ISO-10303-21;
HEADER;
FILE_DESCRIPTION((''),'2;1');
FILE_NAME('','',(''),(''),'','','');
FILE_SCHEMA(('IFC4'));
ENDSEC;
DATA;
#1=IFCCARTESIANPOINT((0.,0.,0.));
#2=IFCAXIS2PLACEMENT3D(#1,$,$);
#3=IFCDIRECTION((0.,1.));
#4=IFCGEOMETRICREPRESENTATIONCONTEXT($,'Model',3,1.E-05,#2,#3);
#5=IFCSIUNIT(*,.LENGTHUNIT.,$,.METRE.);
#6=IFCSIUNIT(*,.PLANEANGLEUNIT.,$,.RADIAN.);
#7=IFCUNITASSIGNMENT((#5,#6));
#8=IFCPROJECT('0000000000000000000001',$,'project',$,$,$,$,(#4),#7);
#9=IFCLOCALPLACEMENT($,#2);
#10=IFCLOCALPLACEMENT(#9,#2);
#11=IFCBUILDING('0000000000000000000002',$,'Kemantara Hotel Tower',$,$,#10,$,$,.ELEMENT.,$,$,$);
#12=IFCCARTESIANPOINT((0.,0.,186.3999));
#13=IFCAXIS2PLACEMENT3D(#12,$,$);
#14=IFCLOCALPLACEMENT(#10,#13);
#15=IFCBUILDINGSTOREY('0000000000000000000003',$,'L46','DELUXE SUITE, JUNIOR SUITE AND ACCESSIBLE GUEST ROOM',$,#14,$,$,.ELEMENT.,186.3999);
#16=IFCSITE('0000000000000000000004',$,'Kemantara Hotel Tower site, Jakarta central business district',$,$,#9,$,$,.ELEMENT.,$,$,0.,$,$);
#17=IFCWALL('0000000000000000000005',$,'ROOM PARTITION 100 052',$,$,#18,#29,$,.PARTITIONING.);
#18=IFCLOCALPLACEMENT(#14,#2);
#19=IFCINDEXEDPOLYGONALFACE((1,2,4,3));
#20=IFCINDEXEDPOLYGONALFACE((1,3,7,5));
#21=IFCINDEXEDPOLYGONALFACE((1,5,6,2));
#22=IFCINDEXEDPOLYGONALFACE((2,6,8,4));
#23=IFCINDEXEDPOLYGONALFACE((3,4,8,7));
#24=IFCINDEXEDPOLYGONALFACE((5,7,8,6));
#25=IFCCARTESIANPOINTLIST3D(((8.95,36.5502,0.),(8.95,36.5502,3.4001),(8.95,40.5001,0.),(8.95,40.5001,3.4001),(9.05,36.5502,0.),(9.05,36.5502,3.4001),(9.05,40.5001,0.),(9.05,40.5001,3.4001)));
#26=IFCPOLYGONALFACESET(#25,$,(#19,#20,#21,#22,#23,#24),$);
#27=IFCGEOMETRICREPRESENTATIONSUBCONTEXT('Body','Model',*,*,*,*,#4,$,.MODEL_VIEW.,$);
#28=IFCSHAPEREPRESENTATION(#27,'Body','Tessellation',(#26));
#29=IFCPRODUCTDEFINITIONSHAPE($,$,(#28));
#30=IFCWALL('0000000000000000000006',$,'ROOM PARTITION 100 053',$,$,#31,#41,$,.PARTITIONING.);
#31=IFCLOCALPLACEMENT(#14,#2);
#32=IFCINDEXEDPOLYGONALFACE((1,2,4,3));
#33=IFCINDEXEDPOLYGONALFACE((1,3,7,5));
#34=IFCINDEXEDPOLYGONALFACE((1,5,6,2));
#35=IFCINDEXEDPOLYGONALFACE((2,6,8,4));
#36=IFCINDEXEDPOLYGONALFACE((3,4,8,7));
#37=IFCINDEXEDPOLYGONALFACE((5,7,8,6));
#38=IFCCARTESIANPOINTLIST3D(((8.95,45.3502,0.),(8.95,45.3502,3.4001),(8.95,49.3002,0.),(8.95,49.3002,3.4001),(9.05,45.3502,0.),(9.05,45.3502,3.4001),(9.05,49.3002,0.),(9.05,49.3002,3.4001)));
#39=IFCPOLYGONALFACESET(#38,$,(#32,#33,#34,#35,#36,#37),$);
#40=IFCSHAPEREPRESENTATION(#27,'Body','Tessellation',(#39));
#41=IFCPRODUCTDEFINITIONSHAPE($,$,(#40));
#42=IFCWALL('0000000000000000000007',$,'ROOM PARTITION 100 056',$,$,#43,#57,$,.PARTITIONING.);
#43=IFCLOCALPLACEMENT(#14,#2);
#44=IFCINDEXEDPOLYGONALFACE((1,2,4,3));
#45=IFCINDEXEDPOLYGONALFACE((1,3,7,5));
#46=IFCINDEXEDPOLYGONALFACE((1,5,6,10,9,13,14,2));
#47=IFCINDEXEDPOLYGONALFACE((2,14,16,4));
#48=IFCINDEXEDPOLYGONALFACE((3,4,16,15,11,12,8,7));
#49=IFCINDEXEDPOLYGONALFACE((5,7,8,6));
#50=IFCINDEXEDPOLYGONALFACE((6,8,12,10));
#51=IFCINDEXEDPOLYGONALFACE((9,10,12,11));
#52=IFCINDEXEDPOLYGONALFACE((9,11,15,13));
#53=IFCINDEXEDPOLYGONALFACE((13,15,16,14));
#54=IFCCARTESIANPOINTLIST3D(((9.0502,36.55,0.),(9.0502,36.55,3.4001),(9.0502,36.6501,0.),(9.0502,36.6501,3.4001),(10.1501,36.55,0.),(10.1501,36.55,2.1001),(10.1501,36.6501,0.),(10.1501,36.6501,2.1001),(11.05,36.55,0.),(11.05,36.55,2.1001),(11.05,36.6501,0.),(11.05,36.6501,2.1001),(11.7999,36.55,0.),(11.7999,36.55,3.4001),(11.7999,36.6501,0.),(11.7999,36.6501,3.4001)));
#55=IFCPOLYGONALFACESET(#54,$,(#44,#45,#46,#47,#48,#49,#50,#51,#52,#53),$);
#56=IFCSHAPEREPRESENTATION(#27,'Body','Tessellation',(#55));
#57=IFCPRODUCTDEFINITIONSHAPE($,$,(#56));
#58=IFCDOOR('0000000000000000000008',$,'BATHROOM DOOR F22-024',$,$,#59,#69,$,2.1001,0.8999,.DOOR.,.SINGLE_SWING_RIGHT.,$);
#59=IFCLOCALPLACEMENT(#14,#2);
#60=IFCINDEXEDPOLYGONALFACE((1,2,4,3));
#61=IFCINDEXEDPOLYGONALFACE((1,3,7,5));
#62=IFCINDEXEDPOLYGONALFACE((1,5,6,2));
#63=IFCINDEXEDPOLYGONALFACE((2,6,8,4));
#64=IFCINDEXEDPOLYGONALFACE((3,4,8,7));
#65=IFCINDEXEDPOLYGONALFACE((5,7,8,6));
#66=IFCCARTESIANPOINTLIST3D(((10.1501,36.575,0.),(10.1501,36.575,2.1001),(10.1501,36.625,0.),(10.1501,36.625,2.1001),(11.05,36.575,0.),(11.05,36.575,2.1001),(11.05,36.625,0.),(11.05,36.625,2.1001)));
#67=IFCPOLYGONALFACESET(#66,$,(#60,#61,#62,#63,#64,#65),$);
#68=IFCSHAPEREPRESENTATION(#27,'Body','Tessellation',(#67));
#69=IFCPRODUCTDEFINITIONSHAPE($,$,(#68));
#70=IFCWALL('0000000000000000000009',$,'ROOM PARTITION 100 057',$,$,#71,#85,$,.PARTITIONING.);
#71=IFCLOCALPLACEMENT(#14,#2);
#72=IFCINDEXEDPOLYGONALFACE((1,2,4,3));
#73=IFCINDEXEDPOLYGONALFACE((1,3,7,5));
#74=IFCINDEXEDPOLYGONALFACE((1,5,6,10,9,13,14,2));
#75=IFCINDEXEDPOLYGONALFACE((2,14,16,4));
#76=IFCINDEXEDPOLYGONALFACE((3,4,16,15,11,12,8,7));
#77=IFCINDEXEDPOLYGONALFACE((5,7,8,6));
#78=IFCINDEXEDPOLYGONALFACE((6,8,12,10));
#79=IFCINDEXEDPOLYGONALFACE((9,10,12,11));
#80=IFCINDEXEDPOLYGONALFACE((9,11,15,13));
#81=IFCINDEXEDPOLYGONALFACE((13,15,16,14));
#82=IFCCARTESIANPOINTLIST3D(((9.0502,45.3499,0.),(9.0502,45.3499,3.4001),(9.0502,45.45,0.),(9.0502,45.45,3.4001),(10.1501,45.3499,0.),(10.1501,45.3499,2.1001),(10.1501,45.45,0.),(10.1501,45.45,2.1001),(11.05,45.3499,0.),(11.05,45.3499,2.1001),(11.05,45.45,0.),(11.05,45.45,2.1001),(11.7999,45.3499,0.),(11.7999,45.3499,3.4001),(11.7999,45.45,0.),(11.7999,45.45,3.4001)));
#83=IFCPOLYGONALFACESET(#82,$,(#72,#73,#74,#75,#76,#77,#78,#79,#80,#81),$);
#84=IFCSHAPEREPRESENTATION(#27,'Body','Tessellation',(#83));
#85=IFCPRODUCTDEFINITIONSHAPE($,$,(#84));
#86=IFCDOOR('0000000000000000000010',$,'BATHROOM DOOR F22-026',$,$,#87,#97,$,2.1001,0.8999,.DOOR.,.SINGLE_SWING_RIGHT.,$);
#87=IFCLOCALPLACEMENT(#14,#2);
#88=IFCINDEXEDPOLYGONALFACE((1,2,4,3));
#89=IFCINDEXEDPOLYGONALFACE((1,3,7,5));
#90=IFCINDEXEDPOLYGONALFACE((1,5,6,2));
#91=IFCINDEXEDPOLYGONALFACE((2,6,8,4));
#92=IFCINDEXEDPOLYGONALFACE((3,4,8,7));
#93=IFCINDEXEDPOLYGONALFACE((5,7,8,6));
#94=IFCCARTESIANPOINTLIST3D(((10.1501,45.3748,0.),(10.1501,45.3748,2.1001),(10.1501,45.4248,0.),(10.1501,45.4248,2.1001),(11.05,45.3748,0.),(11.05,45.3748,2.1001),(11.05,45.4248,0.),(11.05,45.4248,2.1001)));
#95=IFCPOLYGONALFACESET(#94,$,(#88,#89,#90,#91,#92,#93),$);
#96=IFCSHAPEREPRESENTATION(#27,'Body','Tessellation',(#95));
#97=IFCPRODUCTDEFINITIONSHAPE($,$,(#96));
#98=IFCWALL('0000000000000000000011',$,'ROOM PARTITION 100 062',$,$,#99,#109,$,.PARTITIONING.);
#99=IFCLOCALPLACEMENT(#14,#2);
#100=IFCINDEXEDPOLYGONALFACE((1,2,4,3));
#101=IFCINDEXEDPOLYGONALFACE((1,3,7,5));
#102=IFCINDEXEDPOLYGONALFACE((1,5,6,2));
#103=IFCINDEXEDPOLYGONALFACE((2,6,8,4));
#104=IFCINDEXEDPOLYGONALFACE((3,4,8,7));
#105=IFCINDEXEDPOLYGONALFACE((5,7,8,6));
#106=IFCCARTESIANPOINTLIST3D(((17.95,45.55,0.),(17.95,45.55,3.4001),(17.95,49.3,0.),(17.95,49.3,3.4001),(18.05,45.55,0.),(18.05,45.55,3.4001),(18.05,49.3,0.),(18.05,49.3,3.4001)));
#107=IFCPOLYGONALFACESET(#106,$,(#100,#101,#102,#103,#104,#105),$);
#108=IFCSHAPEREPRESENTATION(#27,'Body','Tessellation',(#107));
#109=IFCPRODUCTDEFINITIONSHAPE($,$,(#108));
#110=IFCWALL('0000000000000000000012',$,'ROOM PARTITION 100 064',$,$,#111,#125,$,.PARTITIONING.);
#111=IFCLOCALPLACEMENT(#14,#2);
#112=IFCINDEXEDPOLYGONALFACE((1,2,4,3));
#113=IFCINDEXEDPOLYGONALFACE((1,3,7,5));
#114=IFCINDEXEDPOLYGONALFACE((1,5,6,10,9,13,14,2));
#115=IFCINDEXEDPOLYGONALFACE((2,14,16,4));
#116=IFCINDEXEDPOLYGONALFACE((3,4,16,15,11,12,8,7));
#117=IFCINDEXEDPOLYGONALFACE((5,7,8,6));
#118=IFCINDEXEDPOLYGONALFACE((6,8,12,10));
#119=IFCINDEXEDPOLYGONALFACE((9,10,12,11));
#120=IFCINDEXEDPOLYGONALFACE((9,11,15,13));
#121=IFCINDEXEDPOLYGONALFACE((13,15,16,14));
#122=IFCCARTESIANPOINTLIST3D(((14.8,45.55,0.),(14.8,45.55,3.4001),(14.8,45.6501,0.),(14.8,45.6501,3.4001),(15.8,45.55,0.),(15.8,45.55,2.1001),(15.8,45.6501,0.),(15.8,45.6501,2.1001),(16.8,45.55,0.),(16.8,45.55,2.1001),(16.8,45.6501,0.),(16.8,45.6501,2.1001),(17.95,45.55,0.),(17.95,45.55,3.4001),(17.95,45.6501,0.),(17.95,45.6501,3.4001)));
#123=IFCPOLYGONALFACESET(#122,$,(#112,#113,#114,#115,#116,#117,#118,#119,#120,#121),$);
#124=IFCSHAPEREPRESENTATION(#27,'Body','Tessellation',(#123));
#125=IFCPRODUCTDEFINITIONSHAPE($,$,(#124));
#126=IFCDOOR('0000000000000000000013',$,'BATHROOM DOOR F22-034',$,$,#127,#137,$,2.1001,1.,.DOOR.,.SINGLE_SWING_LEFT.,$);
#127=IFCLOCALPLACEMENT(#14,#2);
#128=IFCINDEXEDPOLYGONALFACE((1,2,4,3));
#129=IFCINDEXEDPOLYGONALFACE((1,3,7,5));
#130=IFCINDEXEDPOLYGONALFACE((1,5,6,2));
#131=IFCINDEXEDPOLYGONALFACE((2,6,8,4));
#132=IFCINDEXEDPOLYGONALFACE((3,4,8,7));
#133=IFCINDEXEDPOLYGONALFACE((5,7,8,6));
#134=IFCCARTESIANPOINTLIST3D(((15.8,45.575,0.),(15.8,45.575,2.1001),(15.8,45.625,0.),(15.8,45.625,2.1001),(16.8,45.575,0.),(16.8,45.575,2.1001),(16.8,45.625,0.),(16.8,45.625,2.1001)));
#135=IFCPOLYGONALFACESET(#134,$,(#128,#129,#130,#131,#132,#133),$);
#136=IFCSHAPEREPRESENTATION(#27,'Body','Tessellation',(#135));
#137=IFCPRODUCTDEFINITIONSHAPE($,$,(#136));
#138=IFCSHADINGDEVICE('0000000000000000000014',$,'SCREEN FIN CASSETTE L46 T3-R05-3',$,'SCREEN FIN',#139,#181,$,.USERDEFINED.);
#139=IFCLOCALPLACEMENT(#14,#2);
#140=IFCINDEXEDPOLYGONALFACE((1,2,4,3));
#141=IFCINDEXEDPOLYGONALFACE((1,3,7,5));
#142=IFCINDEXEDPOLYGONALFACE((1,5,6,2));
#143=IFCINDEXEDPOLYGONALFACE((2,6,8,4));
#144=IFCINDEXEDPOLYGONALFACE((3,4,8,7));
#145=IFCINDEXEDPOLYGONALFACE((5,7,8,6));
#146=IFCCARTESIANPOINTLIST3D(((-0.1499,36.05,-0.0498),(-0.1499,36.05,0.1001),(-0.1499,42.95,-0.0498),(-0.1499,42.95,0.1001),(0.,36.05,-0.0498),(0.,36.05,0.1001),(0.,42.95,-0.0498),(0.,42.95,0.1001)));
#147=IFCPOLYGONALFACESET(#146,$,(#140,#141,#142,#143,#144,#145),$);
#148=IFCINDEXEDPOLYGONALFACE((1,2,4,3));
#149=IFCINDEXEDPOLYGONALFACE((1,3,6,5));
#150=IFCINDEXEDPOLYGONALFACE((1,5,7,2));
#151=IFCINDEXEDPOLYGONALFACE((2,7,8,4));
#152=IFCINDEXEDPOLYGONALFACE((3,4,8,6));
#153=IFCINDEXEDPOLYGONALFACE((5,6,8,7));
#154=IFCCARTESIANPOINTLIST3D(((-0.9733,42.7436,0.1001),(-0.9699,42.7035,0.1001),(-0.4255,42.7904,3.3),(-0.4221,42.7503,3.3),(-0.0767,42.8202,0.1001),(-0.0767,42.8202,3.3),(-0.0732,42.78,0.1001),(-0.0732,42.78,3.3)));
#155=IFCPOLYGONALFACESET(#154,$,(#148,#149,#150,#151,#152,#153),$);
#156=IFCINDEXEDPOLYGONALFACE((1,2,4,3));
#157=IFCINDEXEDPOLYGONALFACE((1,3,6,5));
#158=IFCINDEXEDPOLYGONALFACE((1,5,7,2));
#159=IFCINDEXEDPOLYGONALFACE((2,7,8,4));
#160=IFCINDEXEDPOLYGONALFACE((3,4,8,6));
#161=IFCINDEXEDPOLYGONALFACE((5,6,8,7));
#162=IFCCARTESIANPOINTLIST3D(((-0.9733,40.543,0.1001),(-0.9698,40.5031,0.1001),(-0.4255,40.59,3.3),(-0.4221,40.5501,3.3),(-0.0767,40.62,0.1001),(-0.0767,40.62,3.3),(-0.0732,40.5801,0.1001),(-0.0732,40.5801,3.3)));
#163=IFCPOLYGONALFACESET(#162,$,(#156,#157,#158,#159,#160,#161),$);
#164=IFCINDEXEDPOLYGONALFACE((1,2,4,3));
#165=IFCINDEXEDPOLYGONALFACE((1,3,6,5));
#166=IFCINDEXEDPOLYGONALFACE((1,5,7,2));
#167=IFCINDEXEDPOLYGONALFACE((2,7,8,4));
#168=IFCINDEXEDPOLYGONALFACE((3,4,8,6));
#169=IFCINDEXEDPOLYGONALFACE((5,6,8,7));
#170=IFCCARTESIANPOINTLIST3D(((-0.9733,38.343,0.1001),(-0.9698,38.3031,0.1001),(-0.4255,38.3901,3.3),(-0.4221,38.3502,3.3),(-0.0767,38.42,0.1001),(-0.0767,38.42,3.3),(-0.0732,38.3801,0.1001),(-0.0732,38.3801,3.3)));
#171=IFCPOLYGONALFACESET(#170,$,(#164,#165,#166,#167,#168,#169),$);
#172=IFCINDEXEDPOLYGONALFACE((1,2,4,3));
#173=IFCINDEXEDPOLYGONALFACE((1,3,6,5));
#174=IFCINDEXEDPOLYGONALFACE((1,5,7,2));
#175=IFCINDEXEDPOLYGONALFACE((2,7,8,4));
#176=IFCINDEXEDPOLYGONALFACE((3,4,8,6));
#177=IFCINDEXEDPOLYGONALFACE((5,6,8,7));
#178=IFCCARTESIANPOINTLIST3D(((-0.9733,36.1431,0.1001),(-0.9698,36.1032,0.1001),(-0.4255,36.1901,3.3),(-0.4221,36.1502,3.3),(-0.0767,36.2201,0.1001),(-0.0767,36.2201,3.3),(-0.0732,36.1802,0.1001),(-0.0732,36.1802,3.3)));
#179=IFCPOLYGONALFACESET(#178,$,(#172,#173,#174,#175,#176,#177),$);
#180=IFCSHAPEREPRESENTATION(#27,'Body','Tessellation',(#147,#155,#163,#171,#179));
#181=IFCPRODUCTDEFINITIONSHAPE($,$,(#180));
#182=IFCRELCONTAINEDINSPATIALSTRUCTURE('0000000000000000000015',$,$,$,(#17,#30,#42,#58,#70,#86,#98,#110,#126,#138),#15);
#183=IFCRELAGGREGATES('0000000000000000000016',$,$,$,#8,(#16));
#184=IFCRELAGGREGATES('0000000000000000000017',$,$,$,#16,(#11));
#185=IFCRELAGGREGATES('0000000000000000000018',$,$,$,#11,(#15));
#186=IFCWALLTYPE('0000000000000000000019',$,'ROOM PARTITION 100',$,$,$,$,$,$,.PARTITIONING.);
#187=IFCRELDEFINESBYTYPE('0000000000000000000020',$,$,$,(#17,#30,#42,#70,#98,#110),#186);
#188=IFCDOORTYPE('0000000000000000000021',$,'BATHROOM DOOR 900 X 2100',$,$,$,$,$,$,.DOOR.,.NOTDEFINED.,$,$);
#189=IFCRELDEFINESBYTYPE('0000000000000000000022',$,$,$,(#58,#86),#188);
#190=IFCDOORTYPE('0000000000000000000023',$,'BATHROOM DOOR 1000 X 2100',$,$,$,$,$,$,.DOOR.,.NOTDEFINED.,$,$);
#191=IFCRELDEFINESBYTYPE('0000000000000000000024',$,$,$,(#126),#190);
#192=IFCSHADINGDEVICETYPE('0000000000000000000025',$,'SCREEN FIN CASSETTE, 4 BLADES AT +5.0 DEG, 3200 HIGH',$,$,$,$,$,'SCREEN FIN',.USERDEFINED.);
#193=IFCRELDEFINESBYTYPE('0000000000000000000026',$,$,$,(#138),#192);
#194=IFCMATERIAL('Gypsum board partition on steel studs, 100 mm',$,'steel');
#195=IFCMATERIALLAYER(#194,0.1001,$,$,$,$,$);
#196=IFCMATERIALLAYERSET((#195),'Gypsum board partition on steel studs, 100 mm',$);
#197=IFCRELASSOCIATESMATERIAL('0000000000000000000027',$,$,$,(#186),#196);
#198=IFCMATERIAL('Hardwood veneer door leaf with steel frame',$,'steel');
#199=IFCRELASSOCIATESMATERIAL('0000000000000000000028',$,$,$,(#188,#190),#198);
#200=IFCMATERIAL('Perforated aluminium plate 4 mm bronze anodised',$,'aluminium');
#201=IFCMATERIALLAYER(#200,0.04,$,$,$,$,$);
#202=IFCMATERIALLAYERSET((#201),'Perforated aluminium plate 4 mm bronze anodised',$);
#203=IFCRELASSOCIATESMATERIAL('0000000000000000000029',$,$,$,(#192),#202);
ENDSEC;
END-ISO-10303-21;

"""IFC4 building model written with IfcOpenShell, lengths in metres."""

from ifc_helpers import new_model, si_unit, direction, frame, frame_2d, origin, origin_2d, place, context, subcontext, project, spatial, polyline, rectangle, outline, extrude, source, transform, mapped, material, layer, layer_set, type_object, element, fill, save


model = new_model("IFC4")

# Units and contexts
model_context = context("Model", 3, precision=1e-05, world=origin(), true_north=direction((0.0, 1.0)))
body_context = subcontext(model_context, "Body", "Model", "MODEL_VIEW")
ifc_project = project(units=[si_unit("LENGTHUNIT", "METRE"), si_unit("PLANEANGLEUNIT", "RADIAN")], contexts=[model_context])

# Site, building, storey
site_placement = place(None, origin())
site = spatial("IfcSite", under=ifc_project, at=site_placement, Name="Kemantara Hotel Tower site, Jakarta central business district", CompositionType="ELEMENT", RefElevation=0.0)
building_placement = place(site_placement, origin())
building = spatial("IfcBuilding", under=site, at=building_placement, Name="Kemantara Hotel Tower", CompositionType="ELEMENT")
storey_placement = place(building_placement, frame((0.0, 0.0, 186.3999)))
storey = spatial("IfcBuildingStorey", under=building, at=storey_placement, Name="L46", Description="DELUXE SUITE, JUNIOR SUITE AND ACCESSIBLE GUEST ROOM", CompositionType="ELEMENT", Elevation=186.3999)

# Shared definitions
ifc_material_1 = material(Name="Hardwood veneer door leaf with steel frame", Category="steel")

# Walls
ifc_material_2 = material(Name="Gypsum board partition on steel studs, 100 mm", Category="steel")
ifc_layer_1 = layer(ifc_material_2, 0.1001)
ifc_layer_set_1 = layer_set([ifc_layer_1], Name="Gypsum board partition on steel studs, 100 mm")
wall_type_1 = type_object("IfcWallType", Name="ROOM PARTITION 100", PredefinedType="PARTITIONING", material=ifc_layer_set_1)
for number, where, z_axis, x_axis, name in (
    (1, (9.0, 36.55, 0.0), (0.0, 0.0, 1.0), (0.0, 1.0, 0.0), "ROOM PARTITION 100 052"),
    (2, (9.0, 45.3501, 0.0), (0.0, 0.0, 1.0), (0.0, 1.0, 0.0), "ROOM PARTITION 100 053"),
):
    element("IfcWall", number, at=place(storey_placement, frame(where, z_axis=z_axis, x_axis=x_axis)), inside=storey, type_object=wall_type_1, Name=name, PredefinedType="PARTITIONING", context=body_context, shape_type="SweptSolid", body=[
        extrude(rectangle(XDim=3.95, YDim=0.1001, at=frame_2d((1.9751, 0.0))), origin(), (0.0, 0.0, 1.0), 3.4001),
    ])

# Walls, openings, doors
wall_1_placement = place(storey_placement, frame((9.05, 36.6001, 0.0), z_axis=(0.0, 0.0, 1.0), x_axis=(1.0, 0.0, 0.0)))
wall_1 = element("IfcWall", 3, at=wall_1_placement, inside=storey, type_object=wall_type_1, Name="ROOM PARTITION 100 056", PredefinedType="PARTITIONING", context=body_context, shape_type="SweptSolid", body=[
    extrude(rectangle(XDim=2.7498, YDim=0.1001, at=frame_2d((1.375, 0.0))), origin(), (0.0, 0.0, 1.0), 3.4001),
])
opening_1_placement = place(wall_1_placement, frame((1.1001, 0.0, 0.0)))
opening_1 = element("IfcOpeningElement", 4, at=opening_1_placement, cuts=wall_1, PredefinedType="OPENING", context=body_context, shape_type="SweptSolid", body=[
    extrude(rectangle(XDim=0.8999, YDim=2.1001, at=frame_2d((0.45, 1.05))), frame((0.0, 0.0601, 0.0), z_axis=(0.0, -1.0, 0.0), x_axis=(1.0, 0.0, 0.0)), (0.0, 0.0, 1.0), 0.1201),
])
door_type_1 = type_object("IfcDoorType", Name="BATHROOM DOOR 900 X 2100", OperationType="NOTDEFINED", PredefinedType="DOOR", material=ifc_material_1)
door_1_placement = place(opening_1_placement, origin())
door_1 = element("IfcDoor", 5, at=door_1_placement, inside=storey, type_object=door_type_1, Name="BATHROOM DOOR F22-024", OperationType="SINGLE_SWING_RIGHT", OverallHeight=2.1001, OverallWidth=0.8999, PredefinedType="DOOR", context=body_context, shape_type="SweptSolid", body=[
    extrude(rectangle(XDim=0.8999, YDim=2.1001, at=frame_2d((0.45, 1.05))), frame((0.0, 0.0249, 0.0), z_axis=(0.0, -1.0, 0.0), x_axis=(1.0, 0.0, 0.0)), (0.0, 0.0, 1.0), 0.05),
])
fill(opening_1, door_1)
wall_2_placement = place(storey_placement, frame((9.05, 45.3999, 0.0), z_axis=(0.0, 0.0, 1.0), x_axis=(1.0, 0.0, 0.0)))
wall_2 = element("IfcWall", 6, at=wall_2_placement, inside=storey, type_object=wall_type_1, Name="ROOM PARTITION 100 057", PredefinedType="PARTITIONING", context=body_context, shape_type="SweptSolid", body=[
    extrude(rectangle(XDim=2.7498, YDim=0.1001, at=frame_2d((1.375, 0.0))), origin(), (0.0, 0.0, 1.0), 3.4001),
])
opening_2_placement = place(wall_2_placement, frame((1.1001, 0.0, 0.0)))
opening_2 = element("IfcOpeningElement", 7, at=opening_2_placement, cuts=wall_2, PredefinedType="OPENING", context=body_context, shape_type="SweptSolid", body=[
    extrude(rectangle(XDim=0.8999, YDim=2.1001, at=frame_2d((0.45, 1.05))), frame((0.0, 0.0601, 0.0), z_axis=(0.0, -1.0, 0.0), x_axis=(1.0, 0.0, 0.0)), (0.0, 0.0, 1.0), 0.1201),
])
door_2_placement = place(opening_2_placement, origin())
door_2 = element("IfcDoor", 8, at=door_2_placement, inside=storey, type_object=door_type_1, Name="BATHROOM DOOR F22-026", OperationType="SINGLE_SWING_RIGHT", OverallHeight=2.1001, OverallWidth=0.8999, PredefinedType="DOOR", context=body_context, shape_type="SweptSolid", body=[
    extrude(rectangle(XDim=0.8999, YDim=2.1001, at=frame_2d((0.45, 1.05))), frame((0.0, 0.0249, 0.0), z_axis=(0.0, -1.0, 0.0), x_axis=(1.0, 0.0, 0.0)), (0.0, 0.0, 1.0), 0.05),
])
fill(opening_2, door_2)

# Wall
wall_3_placement = place(storey_placement, frame((18.0, 45.55, 0.0), z_axis=(0.0, 0.0, 1.0), x_axis=(0.0, 1.0, 0.0)))
element("IfcWall", 9, at=wall_3_placement, inside=storey, type_object=wall_type_1, Name="ROOM PARTITION 100 062", PredefinedType="PARTITIONING", context=body_context, shape_type="SweptSolid", body=[
    extrude(rectangle(XDim=3.75, YDim=0.1001, at=frame_2d((1.875, 0.0))), origin(), (0.0, 0.0, 1.0), 3.4001),
])

# Wall, opening, door
wall_4_placement = place(storey_placement, frame((14.8, 45.6001, 0.0), z_axis=(0.0, 0.0, 1.0), x_axis=(1.0, 0.0, 0.0)))
wall_4 = element("IfcWall", 10, at=wall_4_placement, inside=storey, type_object=wall_type_1, Name="ROOM PARTITION 100 064", PredefinedType="PARTITIONING", context=body_context, shape_type="SweptSolid", body=[
    extrude(rectangle(XDim=3.1499, YDim=0.1001, at=frame_2d((1.575, 0.0))), origin(), (0.0, 0.0, 1.0), 3.4001),
])
opening_3_placement = place(wall_4_placement, frame((1.0, 0.0, 0.0)))
opening_3 = element("IfcOpeningElement", 11, at=opening_3_placement, cuts=wall_4, PredefinedType="OPENING", context=body_context, shape_type="SweptSolid", body=[
    extrude(rectangle(XDim=1.0, YDim=2.1001, at=frame_2d((0.5, 1.05))), frame((0.0, 0.0601, 0.0), z_axis=(0.0, -1.0, 0.0), x_axis=(1.0, 0.0, 0.0)), (0.0, 0.0, 1.0), 0.1201),
])
door_type_2 = type_object("IfcDoorType", Name="BATHROOM DOOR 1000 X 2100", OperationType="NOTDEFINED", PredefinedType="DOOR", material=ifc_material_1)
door_3_placement = place(opening_3_placement, origin())
door_3 = element("IfcDoor", 12, at=door_3_placement, inside=storey, type_object=door_type_2, Name="BATHROOM DOOR F22-034", OperationType="SINGLE_SWING_LEFT", OverallHeight=2.1001, OverallWidth=1.0, PredefinedType="DOOR", context=body_context, shape_type="SweptSolid", body=[
    extrude(rectangle(XDim=1.0, YDim=2.1001, at=frame_2d((0.5, 1.05))), frame((0.0, 0.0249, 0.0), z_axis=(0.0, -1.0, 0.0), x_axis=(1.0, 0.0, 0.0)), (0.0, 0.0, 1.0), 0.05),
])
fill(opening_3, door_3)

# Shading device
ifc_material_3 = material(Name="Perforated aluminium plate 4 mm bronze anodised", Category="aluminium")
ifc_layer_2 = layer(ifc_material_3, 0.04)
ifc_layer_set_2 = layer_set([ifc_layer_2], Name="Perforated aluminium plate 4 mm bronze anodised")
shading_device_type = type_object("IfcShadingDeviceType", Name="SCREEN FIN CASSETTE, 4 BLADES AT +5.0 DEG, 3200 HIGH", ElementType="SCREEN FIN", PredefinedType="USERDEFINED", material=ifc_layer_set_2)
shared_shape_1 = source(origin(), body_context, "Body", "SweptSolid", [
    extrude(rectangle(XDim=6.8999, YDim=0.1499, at=origin_2d()), frame((3.3, -0.075, -0.1499), z_axis=(0.0, 0.0, 1.0), x_axis=(1.0, 0.0, 0.0)), (0.0, 0.0, 1.0), 0.1499),
    extrude(outline(polyline([(0.0, 0.0), (0.8999, 0.0), (0.3501, 3.2), (0.0, 3.2), (0.0, 0.0)])), frame((0.02, -0.0732, 0.0), z_axis=(-0.996376, -0.085056, 0.0), x_axis=(0.085056, -0.996376, 0.0)), (0.0, 0.0, 1.0), 0.0403),
    extrude(outline(polyline([(0.0, 0.0), (0.8999, 0.0), (0.3501, 3.2), (0.0, 3.2), (0.0, 0.0)])), frame((2.22, -0.0732, 0.0), z_axis=(-0.996332, -0.085575, 0.0), x_axis=(0.085575, -0.996332, 0.0)), (0.0, 0.0, 1.0), 0.04),
    extrude(outline(polyline([(0.0, 0.0), (0.8999, 0.0), (0.3501, 3.2), (0.0, 3.2), (0.0, 0.0)])), frame((4.4199, -0.0732, 0.0), z_axis=(-0.996332, -0.085575, 0.0), x_axis=(0.085575, -0.996332, 0.0)), (0.0, 0.0, 1.0), 0.04),
    extrude(outline(polyline([(0.0, 0.0), (0.8999, 0.0), (0.3501, 3.2), (0.0, 3.2), (0.0, 0.0)])), frame((6.6199, -0.0732, 0.0), z_axis=(-0.996332, -0.085575, 0.0), x_axis=(0.085575, -0.996332, 0.0)), (0.0, 0.0, 1.0), 0.04),
])
shading_device_placement = place(storey_placement, frame((0.0, 42.8, 0.1001), z_axis=(0.0, 0.0, 1.0), x_axis=(0.0, -1.0, 0.0)))
element("IfcShadingDevice", 13, at=shading_device_placement, inside=storey, type_object=shading_device_type, Name="SCREEN FIN CASSETTE L46 T3-R05-3", ObjectType="SCREEN FIN", PredefinedType="USERDEFINED", context=body_context, shape_type="MappedRepresentation", body=[
    mapped(shared_shape_1, transform((0.0, 0.0, 0.0))),
])

save(model, "model.ifc")
